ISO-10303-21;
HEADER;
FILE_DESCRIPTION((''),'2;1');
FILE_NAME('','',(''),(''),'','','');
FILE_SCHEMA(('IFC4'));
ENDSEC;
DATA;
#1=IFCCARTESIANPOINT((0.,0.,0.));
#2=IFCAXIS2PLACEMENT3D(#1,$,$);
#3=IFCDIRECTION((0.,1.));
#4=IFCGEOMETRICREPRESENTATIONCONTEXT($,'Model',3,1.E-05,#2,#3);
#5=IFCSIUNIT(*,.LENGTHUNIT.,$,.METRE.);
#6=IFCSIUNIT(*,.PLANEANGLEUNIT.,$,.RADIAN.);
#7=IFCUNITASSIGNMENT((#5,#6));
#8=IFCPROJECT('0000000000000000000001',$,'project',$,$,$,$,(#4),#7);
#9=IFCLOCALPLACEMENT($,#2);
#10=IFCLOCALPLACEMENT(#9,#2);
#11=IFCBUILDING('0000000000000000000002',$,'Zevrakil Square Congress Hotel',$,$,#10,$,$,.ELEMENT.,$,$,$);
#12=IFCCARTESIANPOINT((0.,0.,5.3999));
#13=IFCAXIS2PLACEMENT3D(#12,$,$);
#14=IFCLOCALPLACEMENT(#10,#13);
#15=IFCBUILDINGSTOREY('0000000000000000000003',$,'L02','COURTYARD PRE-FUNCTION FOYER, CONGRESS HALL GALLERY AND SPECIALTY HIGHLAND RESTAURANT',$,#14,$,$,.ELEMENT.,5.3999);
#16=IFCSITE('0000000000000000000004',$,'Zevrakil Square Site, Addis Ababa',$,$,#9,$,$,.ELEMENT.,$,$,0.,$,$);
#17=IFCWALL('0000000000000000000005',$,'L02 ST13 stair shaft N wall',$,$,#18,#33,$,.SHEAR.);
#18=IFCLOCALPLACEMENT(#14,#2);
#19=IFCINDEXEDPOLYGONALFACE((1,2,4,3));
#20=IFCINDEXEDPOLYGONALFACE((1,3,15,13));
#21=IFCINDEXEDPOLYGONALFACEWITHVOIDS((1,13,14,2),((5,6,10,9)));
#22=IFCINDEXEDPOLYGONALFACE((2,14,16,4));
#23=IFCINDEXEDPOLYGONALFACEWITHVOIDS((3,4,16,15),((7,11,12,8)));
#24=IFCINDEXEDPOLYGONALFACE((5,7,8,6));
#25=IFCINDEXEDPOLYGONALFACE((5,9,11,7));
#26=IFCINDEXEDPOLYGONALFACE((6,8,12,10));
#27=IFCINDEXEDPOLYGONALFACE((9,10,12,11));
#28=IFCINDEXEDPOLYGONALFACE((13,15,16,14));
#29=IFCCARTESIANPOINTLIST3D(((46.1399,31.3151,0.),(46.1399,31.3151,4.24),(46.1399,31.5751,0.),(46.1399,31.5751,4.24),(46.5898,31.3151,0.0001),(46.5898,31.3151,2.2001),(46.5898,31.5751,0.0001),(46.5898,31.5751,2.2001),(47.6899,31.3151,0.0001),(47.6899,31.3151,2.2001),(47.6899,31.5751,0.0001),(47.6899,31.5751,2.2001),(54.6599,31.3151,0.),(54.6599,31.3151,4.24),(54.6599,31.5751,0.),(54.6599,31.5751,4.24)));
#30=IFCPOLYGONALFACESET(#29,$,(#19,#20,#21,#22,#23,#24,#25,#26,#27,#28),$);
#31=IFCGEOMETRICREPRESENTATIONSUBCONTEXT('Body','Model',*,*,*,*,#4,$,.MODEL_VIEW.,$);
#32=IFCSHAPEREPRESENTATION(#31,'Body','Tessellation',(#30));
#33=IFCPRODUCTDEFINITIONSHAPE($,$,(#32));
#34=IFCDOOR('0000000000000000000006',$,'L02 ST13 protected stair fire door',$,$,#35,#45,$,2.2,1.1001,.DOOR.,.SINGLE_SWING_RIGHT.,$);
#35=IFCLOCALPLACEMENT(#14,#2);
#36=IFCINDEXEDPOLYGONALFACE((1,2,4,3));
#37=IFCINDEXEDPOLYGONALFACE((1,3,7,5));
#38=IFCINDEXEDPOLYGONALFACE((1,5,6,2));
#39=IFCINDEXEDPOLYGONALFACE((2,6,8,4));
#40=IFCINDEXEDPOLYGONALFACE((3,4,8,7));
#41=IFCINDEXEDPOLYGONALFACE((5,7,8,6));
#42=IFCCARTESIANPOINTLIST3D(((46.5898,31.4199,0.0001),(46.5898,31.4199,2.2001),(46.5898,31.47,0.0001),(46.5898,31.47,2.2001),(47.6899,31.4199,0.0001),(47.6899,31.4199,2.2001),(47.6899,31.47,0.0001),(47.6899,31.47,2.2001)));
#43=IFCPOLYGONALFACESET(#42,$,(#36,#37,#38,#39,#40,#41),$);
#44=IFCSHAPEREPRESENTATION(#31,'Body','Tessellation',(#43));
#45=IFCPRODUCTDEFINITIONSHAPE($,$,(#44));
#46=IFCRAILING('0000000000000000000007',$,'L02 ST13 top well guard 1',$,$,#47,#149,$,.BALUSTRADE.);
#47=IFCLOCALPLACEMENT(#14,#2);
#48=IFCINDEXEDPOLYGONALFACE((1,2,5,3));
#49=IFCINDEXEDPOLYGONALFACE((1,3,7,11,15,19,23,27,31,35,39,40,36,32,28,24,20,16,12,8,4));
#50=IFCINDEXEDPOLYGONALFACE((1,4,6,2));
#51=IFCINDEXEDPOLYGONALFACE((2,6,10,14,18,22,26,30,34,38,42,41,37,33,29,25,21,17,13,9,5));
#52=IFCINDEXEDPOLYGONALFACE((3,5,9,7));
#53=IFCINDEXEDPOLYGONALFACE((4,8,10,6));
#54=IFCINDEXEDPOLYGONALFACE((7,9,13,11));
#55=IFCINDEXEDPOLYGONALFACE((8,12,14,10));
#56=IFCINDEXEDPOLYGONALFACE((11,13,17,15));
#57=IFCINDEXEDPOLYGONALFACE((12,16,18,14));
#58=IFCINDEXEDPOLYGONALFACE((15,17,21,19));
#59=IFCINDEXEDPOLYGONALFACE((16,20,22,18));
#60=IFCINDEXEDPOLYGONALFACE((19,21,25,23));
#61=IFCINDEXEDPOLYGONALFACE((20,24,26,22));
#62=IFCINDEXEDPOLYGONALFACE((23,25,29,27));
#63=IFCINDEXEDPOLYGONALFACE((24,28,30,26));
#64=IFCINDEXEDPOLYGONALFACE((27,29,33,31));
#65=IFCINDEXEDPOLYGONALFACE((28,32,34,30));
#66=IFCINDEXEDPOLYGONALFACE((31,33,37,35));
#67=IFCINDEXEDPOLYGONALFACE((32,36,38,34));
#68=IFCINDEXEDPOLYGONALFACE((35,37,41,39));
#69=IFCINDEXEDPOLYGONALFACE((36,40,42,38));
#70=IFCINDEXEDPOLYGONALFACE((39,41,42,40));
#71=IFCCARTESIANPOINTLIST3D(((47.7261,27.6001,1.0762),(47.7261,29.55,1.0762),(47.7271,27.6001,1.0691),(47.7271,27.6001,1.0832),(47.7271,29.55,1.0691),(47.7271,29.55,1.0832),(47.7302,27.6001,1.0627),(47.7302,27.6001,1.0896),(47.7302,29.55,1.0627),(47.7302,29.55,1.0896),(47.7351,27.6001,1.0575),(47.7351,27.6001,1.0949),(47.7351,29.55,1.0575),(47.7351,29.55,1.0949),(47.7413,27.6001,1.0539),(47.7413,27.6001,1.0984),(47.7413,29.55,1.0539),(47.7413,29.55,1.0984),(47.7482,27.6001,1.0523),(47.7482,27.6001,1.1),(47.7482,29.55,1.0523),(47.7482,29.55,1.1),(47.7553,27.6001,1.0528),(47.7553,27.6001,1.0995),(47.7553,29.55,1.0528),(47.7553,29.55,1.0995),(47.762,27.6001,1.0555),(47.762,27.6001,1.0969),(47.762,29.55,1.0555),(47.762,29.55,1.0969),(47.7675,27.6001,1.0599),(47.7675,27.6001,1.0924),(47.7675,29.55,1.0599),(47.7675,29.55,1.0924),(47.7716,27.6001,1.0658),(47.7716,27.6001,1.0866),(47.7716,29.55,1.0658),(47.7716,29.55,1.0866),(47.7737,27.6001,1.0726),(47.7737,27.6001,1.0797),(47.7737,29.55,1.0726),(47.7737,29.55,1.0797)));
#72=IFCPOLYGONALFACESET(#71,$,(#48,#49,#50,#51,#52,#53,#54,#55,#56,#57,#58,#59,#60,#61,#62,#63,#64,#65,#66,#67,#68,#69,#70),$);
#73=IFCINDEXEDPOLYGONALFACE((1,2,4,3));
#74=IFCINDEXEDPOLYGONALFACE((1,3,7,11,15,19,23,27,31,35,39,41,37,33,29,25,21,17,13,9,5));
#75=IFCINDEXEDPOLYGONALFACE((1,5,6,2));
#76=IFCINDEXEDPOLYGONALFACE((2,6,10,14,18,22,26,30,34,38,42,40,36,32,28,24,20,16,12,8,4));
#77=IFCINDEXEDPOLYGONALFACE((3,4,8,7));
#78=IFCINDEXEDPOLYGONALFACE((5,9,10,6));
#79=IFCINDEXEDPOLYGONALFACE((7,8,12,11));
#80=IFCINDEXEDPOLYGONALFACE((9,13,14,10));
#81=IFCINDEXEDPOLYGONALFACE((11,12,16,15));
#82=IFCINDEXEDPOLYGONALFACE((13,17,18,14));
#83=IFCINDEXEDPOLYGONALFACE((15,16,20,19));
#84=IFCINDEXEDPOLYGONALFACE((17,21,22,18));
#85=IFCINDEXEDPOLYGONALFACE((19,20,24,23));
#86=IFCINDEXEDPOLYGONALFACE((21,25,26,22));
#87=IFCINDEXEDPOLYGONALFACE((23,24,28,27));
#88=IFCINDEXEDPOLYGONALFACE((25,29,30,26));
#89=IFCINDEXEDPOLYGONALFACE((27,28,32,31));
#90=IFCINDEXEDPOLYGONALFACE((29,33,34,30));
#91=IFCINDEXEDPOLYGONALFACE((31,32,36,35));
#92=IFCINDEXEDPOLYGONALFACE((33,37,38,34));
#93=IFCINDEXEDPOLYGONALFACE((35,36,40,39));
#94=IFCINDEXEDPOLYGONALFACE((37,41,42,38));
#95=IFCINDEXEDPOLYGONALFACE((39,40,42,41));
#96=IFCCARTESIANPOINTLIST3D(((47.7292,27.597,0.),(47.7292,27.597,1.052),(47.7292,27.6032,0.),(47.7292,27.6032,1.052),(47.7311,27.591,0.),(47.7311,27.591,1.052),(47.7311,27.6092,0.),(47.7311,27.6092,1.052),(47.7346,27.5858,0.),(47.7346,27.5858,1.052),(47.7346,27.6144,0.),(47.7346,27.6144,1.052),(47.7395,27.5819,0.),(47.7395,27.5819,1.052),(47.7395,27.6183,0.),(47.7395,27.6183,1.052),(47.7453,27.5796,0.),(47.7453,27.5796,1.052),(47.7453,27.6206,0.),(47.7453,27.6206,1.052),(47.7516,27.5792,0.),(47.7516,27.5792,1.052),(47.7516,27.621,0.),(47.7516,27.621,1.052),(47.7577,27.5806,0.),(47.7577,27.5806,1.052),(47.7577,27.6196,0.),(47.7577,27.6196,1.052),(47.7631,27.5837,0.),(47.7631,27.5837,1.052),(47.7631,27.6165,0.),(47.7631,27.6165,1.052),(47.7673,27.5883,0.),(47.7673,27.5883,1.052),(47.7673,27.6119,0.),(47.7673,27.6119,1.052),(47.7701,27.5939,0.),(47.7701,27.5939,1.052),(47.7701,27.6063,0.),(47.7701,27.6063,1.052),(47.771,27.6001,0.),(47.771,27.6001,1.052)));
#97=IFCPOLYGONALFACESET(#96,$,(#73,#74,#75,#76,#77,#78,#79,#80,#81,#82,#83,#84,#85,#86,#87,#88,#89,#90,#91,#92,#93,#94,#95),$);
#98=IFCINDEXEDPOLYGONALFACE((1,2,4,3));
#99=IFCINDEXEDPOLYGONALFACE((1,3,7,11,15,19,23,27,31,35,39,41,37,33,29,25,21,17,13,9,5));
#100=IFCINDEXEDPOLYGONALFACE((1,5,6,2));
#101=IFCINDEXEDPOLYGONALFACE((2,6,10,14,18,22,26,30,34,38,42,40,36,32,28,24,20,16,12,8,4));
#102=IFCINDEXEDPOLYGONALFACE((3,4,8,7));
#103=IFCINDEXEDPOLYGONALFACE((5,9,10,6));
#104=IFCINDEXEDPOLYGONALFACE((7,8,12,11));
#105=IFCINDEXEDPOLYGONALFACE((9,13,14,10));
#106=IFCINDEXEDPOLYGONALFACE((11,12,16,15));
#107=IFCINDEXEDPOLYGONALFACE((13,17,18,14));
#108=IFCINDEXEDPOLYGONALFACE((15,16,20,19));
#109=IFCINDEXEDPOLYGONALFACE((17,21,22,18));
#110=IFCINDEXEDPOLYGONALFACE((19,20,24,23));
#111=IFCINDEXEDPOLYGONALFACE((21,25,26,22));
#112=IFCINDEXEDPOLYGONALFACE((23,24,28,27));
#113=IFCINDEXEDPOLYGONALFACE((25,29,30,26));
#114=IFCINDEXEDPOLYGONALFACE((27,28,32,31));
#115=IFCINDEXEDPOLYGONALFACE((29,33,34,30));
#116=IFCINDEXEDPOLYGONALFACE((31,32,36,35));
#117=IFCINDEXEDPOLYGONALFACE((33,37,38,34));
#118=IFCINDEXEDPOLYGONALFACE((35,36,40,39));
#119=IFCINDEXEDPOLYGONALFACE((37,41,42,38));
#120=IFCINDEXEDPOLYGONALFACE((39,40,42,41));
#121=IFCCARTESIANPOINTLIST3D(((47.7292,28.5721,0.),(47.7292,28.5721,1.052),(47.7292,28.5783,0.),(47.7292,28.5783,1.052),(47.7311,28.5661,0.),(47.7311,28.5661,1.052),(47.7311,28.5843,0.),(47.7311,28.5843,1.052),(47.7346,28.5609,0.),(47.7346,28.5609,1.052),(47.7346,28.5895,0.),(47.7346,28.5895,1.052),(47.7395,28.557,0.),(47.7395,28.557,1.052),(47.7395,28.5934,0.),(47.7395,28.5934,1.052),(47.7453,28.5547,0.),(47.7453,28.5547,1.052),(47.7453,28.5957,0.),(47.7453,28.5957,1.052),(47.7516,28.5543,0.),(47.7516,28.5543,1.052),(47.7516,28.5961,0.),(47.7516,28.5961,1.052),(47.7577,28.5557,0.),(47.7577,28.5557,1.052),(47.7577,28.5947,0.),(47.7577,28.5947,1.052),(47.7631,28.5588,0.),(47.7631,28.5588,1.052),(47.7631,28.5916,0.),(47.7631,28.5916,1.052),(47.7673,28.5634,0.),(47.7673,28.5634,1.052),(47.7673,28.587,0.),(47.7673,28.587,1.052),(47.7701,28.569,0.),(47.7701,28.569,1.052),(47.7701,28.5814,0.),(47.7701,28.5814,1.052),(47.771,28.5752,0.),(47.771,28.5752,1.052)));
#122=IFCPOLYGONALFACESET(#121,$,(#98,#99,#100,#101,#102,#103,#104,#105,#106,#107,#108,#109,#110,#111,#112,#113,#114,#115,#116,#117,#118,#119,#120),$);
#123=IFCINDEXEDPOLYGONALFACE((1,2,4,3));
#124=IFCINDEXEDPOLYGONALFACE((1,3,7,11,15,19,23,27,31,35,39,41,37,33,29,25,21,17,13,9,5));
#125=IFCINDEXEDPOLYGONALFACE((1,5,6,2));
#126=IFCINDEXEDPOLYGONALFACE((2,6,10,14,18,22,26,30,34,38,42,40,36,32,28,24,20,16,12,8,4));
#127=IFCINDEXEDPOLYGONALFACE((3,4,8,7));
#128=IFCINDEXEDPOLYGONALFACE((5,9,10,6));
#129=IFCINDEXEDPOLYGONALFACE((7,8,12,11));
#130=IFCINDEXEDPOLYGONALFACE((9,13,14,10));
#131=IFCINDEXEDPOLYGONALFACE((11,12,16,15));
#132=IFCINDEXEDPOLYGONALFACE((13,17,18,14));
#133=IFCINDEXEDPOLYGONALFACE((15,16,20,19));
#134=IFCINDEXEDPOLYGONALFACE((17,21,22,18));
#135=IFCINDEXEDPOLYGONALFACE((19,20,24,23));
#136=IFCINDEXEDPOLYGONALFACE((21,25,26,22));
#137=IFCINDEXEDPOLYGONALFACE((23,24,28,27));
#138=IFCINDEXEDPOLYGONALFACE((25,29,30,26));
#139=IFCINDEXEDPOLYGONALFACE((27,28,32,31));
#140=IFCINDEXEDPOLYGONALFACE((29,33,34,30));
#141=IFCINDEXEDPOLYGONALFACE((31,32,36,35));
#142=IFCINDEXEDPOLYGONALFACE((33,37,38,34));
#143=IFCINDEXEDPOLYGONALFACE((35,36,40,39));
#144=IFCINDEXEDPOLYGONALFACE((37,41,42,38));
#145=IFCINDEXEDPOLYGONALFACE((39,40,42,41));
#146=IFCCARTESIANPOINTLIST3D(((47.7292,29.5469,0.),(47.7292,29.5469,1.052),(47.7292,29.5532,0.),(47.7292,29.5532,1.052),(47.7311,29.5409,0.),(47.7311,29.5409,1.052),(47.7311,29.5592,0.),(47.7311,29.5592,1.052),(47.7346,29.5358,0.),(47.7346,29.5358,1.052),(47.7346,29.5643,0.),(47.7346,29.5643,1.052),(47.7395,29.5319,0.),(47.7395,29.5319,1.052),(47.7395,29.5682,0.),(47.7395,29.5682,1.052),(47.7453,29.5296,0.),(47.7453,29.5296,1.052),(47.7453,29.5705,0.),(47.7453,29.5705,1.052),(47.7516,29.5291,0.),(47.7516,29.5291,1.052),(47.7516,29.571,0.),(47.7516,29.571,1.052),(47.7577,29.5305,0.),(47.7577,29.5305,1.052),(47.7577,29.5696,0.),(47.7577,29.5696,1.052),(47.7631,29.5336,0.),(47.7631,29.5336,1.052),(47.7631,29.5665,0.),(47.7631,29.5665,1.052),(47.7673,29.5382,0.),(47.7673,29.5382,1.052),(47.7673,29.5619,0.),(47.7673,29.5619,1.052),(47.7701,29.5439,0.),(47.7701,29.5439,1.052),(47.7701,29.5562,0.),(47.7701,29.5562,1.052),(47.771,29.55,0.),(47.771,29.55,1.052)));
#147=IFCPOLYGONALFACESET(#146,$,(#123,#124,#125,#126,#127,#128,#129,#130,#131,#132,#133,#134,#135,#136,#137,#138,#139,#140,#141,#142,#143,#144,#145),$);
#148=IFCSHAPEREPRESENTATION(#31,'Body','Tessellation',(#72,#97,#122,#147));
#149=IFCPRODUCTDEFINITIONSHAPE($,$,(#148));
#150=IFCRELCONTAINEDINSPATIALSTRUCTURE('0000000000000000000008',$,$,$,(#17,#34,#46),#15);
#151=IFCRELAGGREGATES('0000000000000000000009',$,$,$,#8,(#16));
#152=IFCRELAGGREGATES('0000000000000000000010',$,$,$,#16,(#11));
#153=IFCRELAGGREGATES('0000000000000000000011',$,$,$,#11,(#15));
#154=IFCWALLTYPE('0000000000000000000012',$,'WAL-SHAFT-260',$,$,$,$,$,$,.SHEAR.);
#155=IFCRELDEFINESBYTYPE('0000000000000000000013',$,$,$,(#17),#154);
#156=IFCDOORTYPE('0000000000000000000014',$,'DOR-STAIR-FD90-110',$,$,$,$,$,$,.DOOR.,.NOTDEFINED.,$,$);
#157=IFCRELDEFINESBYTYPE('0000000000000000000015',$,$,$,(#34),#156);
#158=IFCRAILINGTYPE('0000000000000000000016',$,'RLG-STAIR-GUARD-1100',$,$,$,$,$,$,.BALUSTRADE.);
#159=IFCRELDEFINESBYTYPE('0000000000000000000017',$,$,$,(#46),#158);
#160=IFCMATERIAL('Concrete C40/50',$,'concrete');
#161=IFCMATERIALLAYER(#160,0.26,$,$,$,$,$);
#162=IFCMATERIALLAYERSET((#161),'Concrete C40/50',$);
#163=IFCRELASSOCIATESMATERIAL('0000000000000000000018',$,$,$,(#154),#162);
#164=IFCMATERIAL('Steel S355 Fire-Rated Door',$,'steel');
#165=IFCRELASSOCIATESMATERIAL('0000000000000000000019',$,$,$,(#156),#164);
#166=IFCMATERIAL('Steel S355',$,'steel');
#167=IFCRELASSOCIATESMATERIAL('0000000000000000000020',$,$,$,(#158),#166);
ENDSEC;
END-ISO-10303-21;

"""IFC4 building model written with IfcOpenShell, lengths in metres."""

from ifc_helpers import new_model, si_unit, direction, frame, frame_2d, origin, origin_2d, place, context, subcontext, project, spatial, rectangle, circle, extrude, material, layer, layer_set, type_object, element, fill, save


model = new_model("IFC4")

# Units and contexts
model_context = context("Model", 3, precision=1e-05, world=origin(), true_north=direction((0.0, 1.0)))
body_context = subcontext(model_context, "Body", "Model", "MODEL_VIEW")
ifc_project = project(units=[si_unit("LENGTHUNIT", "METRE"), si_unit("PLANEANGLEUNIT", "RADIAN")], contexts=[model_context])

# Site, building, storey
site_placement = place(None, origin())
site = spatial("IfcSite", under=ifc_project, at=site_placement, Name="Zevrakil Square Site, Addis Ababa", CompositionType="ELEMENT", RefElevation=0.0)
building_placement = place(site_placement, origin())
building = spatial("IfcBuilding", under=site, at=building_placement, Name="Zevrakil Square Congress Hotel", CompositionType="ELEMENT")
storey_placement = place(building_placement, frame((0.0, 0.0, 5.3999)))
storey = spatial("IfcBuildingStorey", under=building, at=storey_placement, Name="L02", Description="COURTYARD PRE-FUNCTION FOYER, CONGRESS HALL GALLERY AND SPECIALTY HIGHLAND RESTAURANT", CompositionType="ELEMENT", Elevation=5.3999)

# Shared definitions
ifc_material_1 = material(Name="Concrete C40/50", Category="concrete")
ifc_layer_1 = layer(ifc_material_1, 0.26)
ifc_layer_set_1 = layer_set([ifc_layer_1], Name="Concrete C40/50")
wall_type = type_object("IfcWallType", Name="WAL-SHAFT-260", PredefinedType="SHEAR", material=ifc_layer_set_1)

# Wall, opening, door
wall_1_placement = place(storey_placement, frame((46.1399, 31.4451, 0.0), z_axis=(0.0, 0.0, 1.0), x_axis=(1.0, 0.0, 0.0)))
wall_1 = element("IfcWall", 1, at=wall_1_placement, inside=storey, type_object=wall_type, Name="L02 ST13 stair shaft N wall", PredefinedType="SHEAR", context=body_context, shape_type="SweptSolid", body=[
    extrude(rectangle(XDim=8.52, YDim=0.26, at=frame_2d((4.26, 0.0))), origin(), (0.0, 0.0, 1.0), 4.24),
])
opening_placement = place(wall_1_placement, frame((0.45, 0.0, 0.0)))
opening = element("IfcOpeningElement", 2, at=opening_placement, cuts=wall_1, PredefinedType="OPENING", context=body_context, shape_type="SweptSolid", body=[
    extrude(rectangle(XDim=1.1001, YDim=2.2, at=frame_2d((0.55, 1.1001))), frame((0.0, 0.1401, 0.0), z_axis=(0.0, -1.0, 0.0), x_axis=(1.0, 0.0, 0.0)), (0.0, 0.0, 1.0), 0.28),
])
ifc_material_2 = material(Name="Steel S355 Fire-Rated Door", Category="steel")
door_type = type_object("IfcDoorType", Name="DOR-STAIR-FD90-110", OperationType="NOTDEFINED", PredefinedType="DOOR", material=ifc_material_2)
door_placement = place(opening_placement, origin())
door = element("IfcDoor", 3, at=door_placement, inside=storey, type_object=door_type, Name="L02 ST13 protected stair fire door", OperationType="SINGLE_SWING_RIGHT", OverallHeight=2.2, OverallWidth=1.1001, PredefinedType="DOOR", context=body_context, shape_type="SweptSolid", body=[
    extrude(rectangle(XDim=1.1001, YDim=2.2, at=frame_2d((0.55, 1.1001))), frame((0.0, 0.0249, 0.0), z_axis=(0.0, -1.0, 0.0), x_axis=(1.0, 0.0, 0.0)), (0.0, 0.0, 1.0), 0.05),
])
fill(opening, door)

# Railing
ifc_material_3 = material(Name="Steel S355", Category="steel")
railing_type = type_object("IfcRailingType", Name="RLG-STAIR-GUARD-1100", PredefinedType="BALUSTRADE", material=ifc_material_3)
railing_placement = place(storey_placement, frame((47.75, 27.6001, 0.0)))
element("IfcRailing", 4, at=railing_placement, inside=storey, type_object=railing_type, Name="L02 ST13 top well guard 1", PredefinedType="BALUSTRADE", context=body_context, shape_type="SweptSolid", body=[
    extrude(circle(Radius=0.0239, at=origin_2d()), frame((0.0, 0.0, 1.0762), z_axis=(0.0, 1.0, 0.0), x_axis=(-1.0, 0.0, 0.0)), (0.0, 0.0, 1.0), 1.95),
    extrude(circle(Radius=0.021, at=origin_2d()), origin(), (0.0, 0.0, 1.0), 1.052),
    extrude(circle(Radius=0.021, at=origin_2d()), frame((0.0, 0.9751, 0.0)), (0.0, 0.0, 1.0), 1.052),
    extrude(circle(Radius=0.021, at=origin_2d()), frame((0.0, 1.95, 0.0)), (0.0, 0.0, 1.0), 1.052),
])

save(model, "model.ifc")
